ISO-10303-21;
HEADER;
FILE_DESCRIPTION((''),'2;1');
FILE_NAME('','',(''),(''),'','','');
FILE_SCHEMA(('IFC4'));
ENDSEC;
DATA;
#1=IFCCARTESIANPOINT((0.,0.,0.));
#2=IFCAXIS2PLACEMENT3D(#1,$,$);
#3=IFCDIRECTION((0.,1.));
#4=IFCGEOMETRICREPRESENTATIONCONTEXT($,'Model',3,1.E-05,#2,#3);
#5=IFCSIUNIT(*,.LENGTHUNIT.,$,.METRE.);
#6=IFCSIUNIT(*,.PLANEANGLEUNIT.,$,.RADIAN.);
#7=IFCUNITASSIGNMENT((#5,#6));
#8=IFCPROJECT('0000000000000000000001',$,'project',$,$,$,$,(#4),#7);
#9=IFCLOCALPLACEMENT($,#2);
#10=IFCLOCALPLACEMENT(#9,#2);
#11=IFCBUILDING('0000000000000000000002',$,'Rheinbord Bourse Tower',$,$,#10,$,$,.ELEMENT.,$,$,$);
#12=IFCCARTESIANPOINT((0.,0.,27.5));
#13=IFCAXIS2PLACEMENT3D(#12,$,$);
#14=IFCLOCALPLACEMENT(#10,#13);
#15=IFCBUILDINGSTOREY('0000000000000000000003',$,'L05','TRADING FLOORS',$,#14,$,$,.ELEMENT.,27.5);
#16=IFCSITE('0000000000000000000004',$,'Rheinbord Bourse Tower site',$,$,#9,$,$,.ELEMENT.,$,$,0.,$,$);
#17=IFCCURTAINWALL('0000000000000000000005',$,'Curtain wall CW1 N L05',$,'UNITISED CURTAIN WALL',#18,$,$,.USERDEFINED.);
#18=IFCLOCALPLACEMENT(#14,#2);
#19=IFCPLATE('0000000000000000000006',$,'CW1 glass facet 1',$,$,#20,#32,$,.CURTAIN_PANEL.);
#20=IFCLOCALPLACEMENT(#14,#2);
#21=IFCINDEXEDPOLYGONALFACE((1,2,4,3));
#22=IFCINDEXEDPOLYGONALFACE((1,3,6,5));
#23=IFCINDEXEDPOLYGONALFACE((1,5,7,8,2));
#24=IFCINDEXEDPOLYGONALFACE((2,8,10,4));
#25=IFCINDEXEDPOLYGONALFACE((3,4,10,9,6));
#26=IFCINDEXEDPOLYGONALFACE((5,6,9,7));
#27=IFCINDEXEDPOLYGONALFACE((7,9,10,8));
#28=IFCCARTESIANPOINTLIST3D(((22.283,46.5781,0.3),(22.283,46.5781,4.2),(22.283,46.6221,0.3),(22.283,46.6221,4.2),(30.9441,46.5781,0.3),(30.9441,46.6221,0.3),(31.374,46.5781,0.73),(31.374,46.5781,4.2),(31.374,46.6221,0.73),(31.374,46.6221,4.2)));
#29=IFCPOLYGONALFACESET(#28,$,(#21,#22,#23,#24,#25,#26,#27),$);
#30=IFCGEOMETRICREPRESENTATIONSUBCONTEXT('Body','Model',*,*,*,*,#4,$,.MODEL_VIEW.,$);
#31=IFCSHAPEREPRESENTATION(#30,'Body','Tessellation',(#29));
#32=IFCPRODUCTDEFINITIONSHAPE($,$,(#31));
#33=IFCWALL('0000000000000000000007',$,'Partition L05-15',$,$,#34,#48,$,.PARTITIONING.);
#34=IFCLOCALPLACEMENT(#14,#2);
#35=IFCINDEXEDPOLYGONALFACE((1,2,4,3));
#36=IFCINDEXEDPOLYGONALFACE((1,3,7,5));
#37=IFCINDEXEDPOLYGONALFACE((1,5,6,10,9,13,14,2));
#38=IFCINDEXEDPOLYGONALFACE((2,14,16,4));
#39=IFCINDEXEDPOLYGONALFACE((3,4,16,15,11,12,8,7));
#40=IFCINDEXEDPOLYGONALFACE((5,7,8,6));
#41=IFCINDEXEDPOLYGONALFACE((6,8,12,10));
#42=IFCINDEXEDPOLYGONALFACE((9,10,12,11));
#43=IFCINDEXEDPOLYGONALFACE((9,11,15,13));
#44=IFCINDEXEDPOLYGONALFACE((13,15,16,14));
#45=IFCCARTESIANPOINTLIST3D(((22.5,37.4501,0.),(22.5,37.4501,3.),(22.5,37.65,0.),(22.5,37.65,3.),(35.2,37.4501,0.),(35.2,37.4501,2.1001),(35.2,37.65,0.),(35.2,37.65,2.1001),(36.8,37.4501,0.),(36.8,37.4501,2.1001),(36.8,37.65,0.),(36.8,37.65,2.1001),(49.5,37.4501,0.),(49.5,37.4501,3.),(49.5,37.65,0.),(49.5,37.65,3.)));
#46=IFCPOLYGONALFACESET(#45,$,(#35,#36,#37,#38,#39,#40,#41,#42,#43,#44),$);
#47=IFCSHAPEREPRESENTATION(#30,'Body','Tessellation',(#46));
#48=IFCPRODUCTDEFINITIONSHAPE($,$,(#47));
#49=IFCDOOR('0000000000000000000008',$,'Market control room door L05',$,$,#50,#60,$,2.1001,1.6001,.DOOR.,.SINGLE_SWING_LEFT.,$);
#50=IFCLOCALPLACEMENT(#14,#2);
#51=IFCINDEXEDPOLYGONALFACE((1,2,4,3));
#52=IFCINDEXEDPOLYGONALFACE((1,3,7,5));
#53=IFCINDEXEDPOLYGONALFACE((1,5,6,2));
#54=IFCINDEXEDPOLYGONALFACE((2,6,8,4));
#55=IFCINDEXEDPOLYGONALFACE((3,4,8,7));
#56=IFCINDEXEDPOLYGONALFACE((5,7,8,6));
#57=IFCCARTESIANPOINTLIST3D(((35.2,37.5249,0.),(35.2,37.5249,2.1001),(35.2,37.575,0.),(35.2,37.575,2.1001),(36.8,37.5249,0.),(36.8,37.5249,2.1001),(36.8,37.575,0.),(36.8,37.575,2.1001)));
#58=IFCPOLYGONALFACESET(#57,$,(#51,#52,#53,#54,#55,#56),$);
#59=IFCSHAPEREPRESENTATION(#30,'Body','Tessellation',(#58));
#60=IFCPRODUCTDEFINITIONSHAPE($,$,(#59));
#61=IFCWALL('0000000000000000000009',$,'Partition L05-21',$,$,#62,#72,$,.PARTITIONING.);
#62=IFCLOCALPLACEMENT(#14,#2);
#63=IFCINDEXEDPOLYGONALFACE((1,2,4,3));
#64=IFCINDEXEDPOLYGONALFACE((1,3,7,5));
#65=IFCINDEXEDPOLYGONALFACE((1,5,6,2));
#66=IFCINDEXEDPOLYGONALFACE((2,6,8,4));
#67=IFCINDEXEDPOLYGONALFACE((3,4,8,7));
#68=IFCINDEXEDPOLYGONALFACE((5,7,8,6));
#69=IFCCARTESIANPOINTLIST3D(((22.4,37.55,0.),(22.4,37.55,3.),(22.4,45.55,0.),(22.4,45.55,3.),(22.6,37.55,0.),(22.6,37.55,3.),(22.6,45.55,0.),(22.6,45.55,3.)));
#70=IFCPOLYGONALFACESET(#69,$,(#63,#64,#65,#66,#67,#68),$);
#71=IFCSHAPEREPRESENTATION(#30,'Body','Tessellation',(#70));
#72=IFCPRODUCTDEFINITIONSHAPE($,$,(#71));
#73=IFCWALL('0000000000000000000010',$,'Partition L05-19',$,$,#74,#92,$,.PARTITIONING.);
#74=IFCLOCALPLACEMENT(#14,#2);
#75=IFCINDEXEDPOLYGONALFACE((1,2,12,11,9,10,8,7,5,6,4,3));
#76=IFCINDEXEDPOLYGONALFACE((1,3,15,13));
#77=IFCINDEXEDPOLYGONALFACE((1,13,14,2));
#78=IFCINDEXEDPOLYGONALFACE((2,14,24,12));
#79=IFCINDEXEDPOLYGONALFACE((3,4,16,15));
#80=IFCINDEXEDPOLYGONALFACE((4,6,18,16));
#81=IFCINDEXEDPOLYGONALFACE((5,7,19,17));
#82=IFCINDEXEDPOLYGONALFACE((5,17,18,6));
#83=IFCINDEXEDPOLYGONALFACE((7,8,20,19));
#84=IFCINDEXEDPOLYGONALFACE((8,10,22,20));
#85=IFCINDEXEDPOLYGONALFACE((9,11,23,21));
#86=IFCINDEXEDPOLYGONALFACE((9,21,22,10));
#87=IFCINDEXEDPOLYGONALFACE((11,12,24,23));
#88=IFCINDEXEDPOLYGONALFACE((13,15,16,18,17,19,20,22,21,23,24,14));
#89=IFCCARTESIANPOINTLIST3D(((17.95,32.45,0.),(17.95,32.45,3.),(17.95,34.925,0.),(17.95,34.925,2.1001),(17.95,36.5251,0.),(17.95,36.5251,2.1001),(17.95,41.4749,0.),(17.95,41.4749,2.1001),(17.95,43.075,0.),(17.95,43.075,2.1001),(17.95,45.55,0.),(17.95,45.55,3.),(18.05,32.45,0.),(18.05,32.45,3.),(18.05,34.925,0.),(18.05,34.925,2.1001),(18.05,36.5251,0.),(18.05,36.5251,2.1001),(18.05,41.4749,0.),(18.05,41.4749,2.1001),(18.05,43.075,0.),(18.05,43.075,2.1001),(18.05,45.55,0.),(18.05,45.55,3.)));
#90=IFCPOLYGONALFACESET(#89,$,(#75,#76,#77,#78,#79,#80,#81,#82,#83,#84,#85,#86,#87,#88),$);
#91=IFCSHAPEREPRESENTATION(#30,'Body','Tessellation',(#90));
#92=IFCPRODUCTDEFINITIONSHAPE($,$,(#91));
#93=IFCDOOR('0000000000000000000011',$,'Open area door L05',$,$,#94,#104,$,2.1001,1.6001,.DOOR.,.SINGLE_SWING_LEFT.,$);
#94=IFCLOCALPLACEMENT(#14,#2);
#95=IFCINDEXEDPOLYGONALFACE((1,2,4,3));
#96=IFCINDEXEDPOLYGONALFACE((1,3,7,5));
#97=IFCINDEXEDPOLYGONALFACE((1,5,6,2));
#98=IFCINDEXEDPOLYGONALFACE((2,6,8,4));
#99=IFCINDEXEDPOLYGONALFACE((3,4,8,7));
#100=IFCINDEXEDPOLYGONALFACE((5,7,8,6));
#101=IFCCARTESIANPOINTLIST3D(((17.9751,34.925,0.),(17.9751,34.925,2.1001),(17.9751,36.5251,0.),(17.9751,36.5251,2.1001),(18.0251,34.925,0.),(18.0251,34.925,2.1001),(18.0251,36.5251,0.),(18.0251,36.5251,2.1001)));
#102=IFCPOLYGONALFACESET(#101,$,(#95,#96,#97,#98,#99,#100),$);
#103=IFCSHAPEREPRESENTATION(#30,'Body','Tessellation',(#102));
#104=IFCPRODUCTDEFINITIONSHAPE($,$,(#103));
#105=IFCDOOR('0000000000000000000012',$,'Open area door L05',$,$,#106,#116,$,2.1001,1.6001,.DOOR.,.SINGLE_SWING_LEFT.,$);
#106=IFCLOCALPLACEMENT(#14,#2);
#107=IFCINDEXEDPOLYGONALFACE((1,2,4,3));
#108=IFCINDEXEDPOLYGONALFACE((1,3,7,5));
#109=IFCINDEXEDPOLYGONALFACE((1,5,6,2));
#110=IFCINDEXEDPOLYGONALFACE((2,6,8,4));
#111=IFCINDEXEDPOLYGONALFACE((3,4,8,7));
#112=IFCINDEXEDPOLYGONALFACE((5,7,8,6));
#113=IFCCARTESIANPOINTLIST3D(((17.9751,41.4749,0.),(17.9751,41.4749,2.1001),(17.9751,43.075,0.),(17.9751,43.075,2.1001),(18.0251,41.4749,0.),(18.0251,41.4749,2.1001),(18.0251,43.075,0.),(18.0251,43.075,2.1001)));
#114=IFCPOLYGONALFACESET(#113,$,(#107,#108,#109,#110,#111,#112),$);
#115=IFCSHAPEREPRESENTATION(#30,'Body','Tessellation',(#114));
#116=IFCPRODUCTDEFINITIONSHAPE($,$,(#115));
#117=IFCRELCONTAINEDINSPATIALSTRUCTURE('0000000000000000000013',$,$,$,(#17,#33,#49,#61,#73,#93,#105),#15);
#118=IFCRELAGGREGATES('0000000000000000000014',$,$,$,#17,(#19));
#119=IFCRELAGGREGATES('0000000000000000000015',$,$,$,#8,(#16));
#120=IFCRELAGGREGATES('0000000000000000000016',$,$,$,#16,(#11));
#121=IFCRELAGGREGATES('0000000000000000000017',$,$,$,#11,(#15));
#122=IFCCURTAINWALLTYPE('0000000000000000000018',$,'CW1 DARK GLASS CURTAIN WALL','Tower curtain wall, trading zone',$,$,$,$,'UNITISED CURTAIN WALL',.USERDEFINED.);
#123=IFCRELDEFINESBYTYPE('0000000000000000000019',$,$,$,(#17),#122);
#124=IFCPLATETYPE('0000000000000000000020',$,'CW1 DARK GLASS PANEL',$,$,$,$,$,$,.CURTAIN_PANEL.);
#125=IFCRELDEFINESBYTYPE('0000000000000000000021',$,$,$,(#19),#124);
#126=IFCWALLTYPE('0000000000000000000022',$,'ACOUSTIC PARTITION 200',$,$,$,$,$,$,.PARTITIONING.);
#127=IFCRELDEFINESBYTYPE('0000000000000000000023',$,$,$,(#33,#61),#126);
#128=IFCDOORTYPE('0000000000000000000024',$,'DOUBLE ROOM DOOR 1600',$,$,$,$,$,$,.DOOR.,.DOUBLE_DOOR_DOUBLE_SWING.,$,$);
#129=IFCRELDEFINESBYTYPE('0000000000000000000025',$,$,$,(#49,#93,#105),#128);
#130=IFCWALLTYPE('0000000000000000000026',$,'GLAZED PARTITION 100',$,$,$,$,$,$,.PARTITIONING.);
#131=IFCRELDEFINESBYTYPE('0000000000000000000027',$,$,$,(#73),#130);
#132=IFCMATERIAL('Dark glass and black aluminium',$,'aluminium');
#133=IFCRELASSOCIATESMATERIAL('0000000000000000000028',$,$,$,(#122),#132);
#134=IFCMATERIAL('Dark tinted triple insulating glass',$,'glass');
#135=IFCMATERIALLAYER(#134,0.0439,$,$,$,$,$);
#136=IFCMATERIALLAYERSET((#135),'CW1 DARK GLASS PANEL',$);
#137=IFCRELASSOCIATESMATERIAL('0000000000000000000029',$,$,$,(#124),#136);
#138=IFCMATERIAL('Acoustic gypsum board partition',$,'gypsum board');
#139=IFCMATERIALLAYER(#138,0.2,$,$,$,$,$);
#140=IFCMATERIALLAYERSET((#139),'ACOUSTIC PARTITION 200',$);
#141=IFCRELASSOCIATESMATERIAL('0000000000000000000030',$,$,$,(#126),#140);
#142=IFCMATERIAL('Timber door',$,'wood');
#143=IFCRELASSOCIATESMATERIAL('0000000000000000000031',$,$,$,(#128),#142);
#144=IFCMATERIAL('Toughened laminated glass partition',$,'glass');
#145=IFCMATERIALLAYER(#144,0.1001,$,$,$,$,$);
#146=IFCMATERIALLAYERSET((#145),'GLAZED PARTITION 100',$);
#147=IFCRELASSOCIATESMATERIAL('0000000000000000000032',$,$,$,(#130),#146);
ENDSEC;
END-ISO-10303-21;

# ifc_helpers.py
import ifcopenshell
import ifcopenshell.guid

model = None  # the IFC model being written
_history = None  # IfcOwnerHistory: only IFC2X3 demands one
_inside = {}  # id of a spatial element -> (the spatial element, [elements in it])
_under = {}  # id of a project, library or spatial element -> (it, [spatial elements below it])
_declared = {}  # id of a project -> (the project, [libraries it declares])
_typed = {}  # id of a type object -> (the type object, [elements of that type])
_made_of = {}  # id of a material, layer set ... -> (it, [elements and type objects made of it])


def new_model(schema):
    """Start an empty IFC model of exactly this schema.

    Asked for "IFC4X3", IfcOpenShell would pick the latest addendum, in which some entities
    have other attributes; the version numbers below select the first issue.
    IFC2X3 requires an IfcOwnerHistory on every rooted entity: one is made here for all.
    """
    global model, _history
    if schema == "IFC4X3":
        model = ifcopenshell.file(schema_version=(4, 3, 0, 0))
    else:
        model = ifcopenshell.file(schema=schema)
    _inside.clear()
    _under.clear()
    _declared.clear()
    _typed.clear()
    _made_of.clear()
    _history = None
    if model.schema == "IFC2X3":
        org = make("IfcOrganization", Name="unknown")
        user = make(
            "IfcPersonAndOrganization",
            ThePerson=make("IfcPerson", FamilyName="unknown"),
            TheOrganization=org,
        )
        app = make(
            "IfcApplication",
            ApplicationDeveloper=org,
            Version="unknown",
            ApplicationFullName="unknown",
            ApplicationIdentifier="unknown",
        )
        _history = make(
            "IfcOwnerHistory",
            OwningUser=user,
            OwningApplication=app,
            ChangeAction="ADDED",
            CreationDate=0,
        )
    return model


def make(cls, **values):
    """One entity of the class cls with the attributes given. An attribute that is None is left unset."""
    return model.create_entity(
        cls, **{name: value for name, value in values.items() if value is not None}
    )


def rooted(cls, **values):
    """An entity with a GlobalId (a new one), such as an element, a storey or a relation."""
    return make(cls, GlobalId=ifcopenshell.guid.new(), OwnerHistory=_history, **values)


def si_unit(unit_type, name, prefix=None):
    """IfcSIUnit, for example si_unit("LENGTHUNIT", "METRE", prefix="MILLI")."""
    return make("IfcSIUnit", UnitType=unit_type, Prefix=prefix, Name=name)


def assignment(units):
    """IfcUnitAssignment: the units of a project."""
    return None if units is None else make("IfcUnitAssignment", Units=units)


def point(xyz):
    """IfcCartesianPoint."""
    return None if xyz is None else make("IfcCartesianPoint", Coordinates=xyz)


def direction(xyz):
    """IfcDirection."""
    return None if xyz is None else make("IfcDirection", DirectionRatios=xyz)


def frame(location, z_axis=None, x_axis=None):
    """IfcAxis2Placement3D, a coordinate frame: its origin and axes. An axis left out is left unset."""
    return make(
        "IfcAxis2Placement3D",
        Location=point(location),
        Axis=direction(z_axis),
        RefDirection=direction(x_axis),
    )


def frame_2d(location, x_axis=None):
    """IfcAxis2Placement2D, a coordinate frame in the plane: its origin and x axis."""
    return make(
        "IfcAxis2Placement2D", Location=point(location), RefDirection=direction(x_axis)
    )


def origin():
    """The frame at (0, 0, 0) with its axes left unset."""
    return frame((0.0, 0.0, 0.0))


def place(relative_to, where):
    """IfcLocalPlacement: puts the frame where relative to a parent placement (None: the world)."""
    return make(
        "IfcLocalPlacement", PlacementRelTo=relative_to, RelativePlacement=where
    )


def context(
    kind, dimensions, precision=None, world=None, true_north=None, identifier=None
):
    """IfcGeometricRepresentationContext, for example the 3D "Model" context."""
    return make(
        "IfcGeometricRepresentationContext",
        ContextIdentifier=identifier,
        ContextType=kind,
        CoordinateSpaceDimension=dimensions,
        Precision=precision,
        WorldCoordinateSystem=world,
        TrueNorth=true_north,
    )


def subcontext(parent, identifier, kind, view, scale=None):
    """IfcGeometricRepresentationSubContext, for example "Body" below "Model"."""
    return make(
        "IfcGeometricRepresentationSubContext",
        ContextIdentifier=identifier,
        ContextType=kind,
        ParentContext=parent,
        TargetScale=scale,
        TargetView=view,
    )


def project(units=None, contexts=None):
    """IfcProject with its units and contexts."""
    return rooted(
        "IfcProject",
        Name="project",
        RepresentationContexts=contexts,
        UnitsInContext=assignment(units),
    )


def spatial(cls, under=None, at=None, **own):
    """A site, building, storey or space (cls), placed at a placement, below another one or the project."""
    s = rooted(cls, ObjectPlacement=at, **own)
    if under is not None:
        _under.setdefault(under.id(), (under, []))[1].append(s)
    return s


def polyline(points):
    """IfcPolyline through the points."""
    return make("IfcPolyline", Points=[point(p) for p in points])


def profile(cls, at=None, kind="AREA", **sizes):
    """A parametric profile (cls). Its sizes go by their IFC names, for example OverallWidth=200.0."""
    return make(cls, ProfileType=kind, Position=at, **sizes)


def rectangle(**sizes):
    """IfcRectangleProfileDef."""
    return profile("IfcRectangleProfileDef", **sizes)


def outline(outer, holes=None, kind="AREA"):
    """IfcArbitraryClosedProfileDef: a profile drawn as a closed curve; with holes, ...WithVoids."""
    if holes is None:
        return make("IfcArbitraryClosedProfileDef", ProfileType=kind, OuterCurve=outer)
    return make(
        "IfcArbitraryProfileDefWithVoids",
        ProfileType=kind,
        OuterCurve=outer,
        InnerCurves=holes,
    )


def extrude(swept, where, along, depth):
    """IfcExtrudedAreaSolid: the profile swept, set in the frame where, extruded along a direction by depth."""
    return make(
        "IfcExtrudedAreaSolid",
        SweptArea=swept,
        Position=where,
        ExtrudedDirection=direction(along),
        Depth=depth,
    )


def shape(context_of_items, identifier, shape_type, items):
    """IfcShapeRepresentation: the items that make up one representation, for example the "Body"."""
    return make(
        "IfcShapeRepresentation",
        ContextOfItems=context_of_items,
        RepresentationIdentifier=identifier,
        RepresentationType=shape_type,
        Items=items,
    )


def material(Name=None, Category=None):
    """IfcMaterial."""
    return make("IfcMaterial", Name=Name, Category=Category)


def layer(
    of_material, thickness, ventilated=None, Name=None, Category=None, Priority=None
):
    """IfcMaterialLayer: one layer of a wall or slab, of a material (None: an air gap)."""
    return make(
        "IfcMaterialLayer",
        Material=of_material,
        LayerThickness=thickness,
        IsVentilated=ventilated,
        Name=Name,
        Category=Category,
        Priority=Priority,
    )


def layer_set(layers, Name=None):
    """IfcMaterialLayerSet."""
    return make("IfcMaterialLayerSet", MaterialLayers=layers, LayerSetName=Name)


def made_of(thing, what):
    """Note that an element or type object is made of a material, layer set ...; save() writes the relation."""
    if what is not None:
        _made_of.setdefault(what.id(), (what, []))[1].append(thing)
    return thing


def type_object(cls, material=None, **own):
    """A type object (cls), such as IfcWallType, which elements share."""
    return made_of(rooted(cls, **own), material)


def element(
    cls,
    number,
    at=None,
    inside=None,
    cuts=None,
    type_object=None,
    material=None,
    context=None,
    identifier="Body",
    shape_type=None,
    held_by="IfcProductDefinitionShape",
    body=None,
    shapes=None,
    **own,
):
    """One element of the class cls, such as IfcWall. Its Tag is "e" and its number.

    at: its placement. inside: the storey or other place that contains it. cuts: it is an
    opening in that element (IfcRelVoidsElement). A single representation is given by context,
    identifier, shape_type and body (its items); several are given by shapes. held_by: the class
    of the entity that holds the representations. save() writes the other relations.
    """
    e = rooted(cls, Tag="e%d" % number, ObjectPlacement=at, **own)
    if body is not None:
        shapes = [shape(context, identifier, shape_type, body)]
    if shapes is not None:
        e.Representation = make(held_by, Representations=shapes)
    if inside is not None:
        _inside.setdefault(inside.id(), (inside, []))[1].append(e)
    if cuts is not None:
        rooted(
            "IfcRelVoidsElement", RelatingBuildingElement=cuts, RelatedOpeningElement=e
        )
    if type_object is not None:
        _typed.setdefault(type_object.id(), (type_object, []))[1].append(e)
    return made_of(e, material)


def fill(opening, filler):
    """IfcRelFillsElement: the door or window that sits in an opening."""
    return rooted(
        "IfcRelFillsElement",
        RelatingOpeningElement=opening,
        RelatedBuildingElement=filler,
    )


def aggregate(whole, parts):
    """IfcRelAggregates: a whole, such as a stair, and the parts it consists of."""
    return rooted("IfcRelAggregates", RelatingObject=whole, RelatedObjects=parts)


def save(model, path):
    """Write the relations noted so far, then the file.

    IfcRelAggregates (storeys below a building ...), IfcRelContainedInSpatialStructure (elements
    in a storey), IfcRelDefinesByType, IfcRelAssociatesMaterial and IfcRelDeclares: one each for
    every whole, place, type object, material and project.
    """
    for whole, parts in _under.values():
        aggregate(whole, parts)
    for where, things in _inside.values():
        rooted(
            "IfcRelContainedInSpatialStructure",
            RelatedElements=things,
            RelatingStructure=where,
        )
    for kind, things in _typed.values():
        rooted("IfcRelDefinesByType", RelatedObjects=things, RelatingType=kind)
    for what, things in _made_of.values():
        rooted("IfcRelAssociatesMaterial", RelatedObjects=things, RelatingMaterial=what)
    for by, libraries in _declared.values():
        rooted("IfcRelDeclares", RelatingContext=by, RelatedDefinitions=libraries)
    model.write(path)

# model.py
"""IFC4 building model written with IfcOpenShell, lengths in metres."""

from ifc_helpers import new_model, si_unit, direction, frame, frame_2d, origin, place, context, subcontext, project, spatial, polyline, rectangle, outline, extrude, material, layer, layer_set, type_object, element, fill, aggregate, save


model = new_model("IFC4")

# Units and contexts
model_context = context("Model", 3, precision=1e-05, world=origin(), true_north=direction((0.0, 1.0)))
body_context = subcontext(model_context, "Body", "Model", "MODEL_VIEW")
ifc_project = project(units=[si_unit("LENGTHUNIT", "METRE"), si_unit("PLANEANGLEUNIT", "RADIAN")], contexts=[model_context])

# Site, building, storey
site_placement = place(None, origin())
site = spatial("IfcSite", under=ifc_project, at=site_placement, Name="Rheinbord Bourse Tower site", CompositionType="ELEMENT", RefElevation=0.0)
building_placement = place(site_placement, origin())
building = spatial("IfcBuilding", under=site, at=building_placement, Name="Rheinbord Bourse Tower", CompositionType="ELEMENT")
storey_placement = place(building_placement, frame((0.0, 0.0, 27.5)))
storey = spatial("IfcBuildingStorey", under=building, at=storey_placement, Name="L05", Description="TRADING FLOORS", CompositionType="ELEMENT", Elevation=27.5)

# Curtain wall
ifc_material_1 = material(Name="Dark glass and black aluminium", Category="aluminium")
curtain_wall_type = type_object("IfcCurtainWallType", Name="CW1 DARK GLASS CURTAIN WALL", Description="Tower curtain wall, trading zone", ElementType="UNITISED CURTAIN WALL", PredefinedType="USERDEFINED", material=ifc_material_1)
curtain_wall_placement = place(storey_placement, origin())
curtain_wall = element("IfcCurtainWall", 1, at=curtain_wall_placement, inside=storey, type_object=curtain_wall_type, Name="Curtain wall CW1 N L05", ObjectType="UNITISED CURTAIN WALL", PredefinedType="USERDEFINED")

# Plate
ifc_material_2 = material(Name="Dark tinted triple insulating glass", Category="glass")
ifc_layer_1 = layer(ifc_material_2, 0.0439)
ifc_layer_set_1 = layer_set([ifc_layer_1], Name="CW1 DARK GLASS PANEL")
plate_type = type_object("IfcPlateType", Name="CW1 DARK GLASS PANEL", PredefinedType="CURTAIN_PANEL", material=ifc_layer_set_1)
plate_1_placement = place(storey_placement, frame((31.374, 46.6221, 4.2), z_axis=(0.0, -1.0, 0.0), x_axis=(-1.0, 0.0, 0.0)))
plate_1 = element("IfcPlate", 2, at=plate_1_placement, type_object=plate_type, Name="CW1 glass facet 1", PredefinedType="CURTAIN_PANEL", context=body_context, shape_type="SweptSolid", body=[
    extrude(outline(polyline([(0.0, 0.0), (9.0911, 0.0), (9.0911, 3.8999), (0.4299, 3.8999), (0.0, 3.47), (0.0, 0.0)])), origin(), (0.0, 0.0, 1.0), 0.0439),
])
aggregate(curtain_wall, [plate_1])

# Wall, opening, door
ifc_material_3 = material(Name="Acoustic gypsum board partition", Category="gypsum board")
ifc_layer_2 = layer(ifc_material_3, 0.2)
ifc_layer_set_2 = layer_set([ifc_layer_2], Name="ACOUSTIC PARTITION 200")
wall_type_1 = type_object("IfcWallType", Name="ACOUSTIC PARTITION 200", PredefinedType="PARTITIONING", material=ifc_layer_set_2)
wall_1_placement = place(storey_placement, frame((22.5, 37.55, 0.0), z_axis=(0.0, 0.0, 1.0), x_axis=(1.0, 0.0, 0.0)))
wall_1 = element("IfcWall", 3, at=wall_1_placement, inside=storey, type_object=wall_type_1, Name="Partition L05-15", PredefinedType="PARTITIONING", context=body_context, shape_type="SweptSolid", body=[
    extrude(rectangle(XDim=27.0, YDim=0.2, at=frame_2d((13.5, 0.0))), origin(), (0.0, 0.0, 1.0), 3.0),
])
opening_1_placement = place(wall_1_placement, frame((12.7, 0.0, 0.0)))
opening_1 = element("IfcOpeningElement", 4, at=opening_1_placement, cuts=wall_1, PredefinedType="OPENING", context=body_context, shape_type="SweptSolid", body=[
    extrude(rectangle(XDim=1.6001, YDim=2.1001, at=frame_2d((0.8, 1.05))), frame((0.0, 0.1099, 0.0), z_axis=(0.0, -1.0, 0.0), x_axis=(1.0, 0.0, 0.0)), (0.0, 0.0, 1.0), 0.22),
])
ifc_material_4 = material(Name="Timber door", Category="wood")
door_type = type_object("IfcDoorType", Name="DOUBLE ROOM DOOR 1600", OperationType="DOUBLE_DOOR_DOUBLE_SWING", PredefinedType="DOOR", material=ifc_material_4)
door_1_placement = place(opening_1_placement, origin())
door_1 = element("IfcDoor", 5, at=door_1_placement, inside=storey, type_object=door_type, Name="Market control room door L05", OperationType="SINGLE_SWING_LEFT", OverallHeight=2.1001, OverallWidth=1.6001, PredefinedType="DOOR", context=body_context, shape_type="SweptSolid", body=[
    extrude(rectangle(XDim=1.6001, YDim=2.1001, at=frame_2d((0.8, 1.05))), frame((0.0, 0.0249, 0.0), z_axis=(0.0, -1.0, 0.0), x_axis=(1.0, 0.0, 0.0)), (0.0, 0.0, 1.0), 0.05),
])
fill(opening_1, door_1)

# Wall
wall_2_placement = place(storey_placement, frame((22.5, 37.55, 0.0), z_axis=(0.0, 0.0, 1.0), x_axis=(0.0, 1.0, 0.0)))
element("IfcWall", 6, at=wall_2_placement, inside=storey, type_object=wall_type_1, Name="Partition L05-21", PredefinedType="PARTITIONING", context=body_context, shape_type="SweptSolid", body=[
    extrude(rectangle(XDim=8.0, YDim=0.2, at=frame_2d((4.0, 0.0))), origin(), (0.0, 0.0, 1.0), 3.0),
])

# Wall, openings, doors
ifc_material_5 = material(Name="Toughened laminated glass partition", Category="glass")
ifc_layer_3 = layer(ifc_material_5, 0.1001)
ifc_layer_set_3 = layer_set([ifc_layer_3], Name="GLAZED PARTITION 100")
wall_type_2 = type_object("IfcWallType", Name="GLAZED PARTITION 100", PredefinedType="PARTITIONING", material=ifc_layer_set_3)
wall_3_placement = place(storey_placement, frame((18.0, 32.45, 0.0), z_axis=(0.0, 0.0, 1.0), x_axis=(0.0, 1.0, 0.0)))
wall_3 = element("IfcWall", 7, at=wall_3_placement, inside=storey, type_object=wall_type_2, Name="Partition L05-19", PredefinedType="PARTITIONING", context=body_context, shape_type="SweptSolid", body=[
    extrude(rectangle(XDim=13.1001, YDim=0.1001, at=frame_2d((6.55, 0.0))), origin(), (0.0, 0.0, 1.0), 3.0),
])
opening_2_placement = place(wall_3_placement, frame((2.4751, 0.0, 0.0)))
opening_2 = element("IfcOpeningElement", 8, at=opening_2_placement, cuts=wall_3, PredefinedType="OPENING", context=body_context, shape_type="SweptSolid", body=[
    extrude(rectangle(XDim=1.6001, YDim=2.1001, at=frame_2d((0.8, 1.05))), frame((0.0, 0.0601, 0.0), z_axis=(0.0, -1.0, 0.0), x_axis=(1.0, 0.0, 0.0)), (0.0, 0.0, 1.0), 0.1201),
])
opening_3_placement = place(wall_3_placement, frame((9.0249, 0.0, 0.0)))
opening_3 = element("IfcOpeningElement", 9, at=opening_3_placement, cuts=wall_3, PredefinedType="OPENING", context=body_context, shape_type="SweptSolid", body=[
    extrude(rectangle(XDim=1.6001, YDim=2.1001, at=frame_2d((0.8, 1.05))), frame((0.0, 0.0601, 0.0), z_axis=(0.0, -1.0, 0.0), x_axis=(1.0, 0.0, 0.0)), (0.0, 0.0, 1.0), 0.1201),
])
door_2_placement = place(opening_2_placement, origin())
door_2 = element("IfcDoor", 10, at=door_2_placement, inside=storey, type_object=door_type, Name="Open area door L05", OperationType="SINGLE_SWING_LEFT", OverallHeight=2.1001, OverallWidth=1.6001, PredefinedType="DOOR", context=body_context, shape_type="SweptSolid", body=[
    extrude(rectangle(XDim=1.6001, YDim=2.1001, at=frame_2d((0.8, 1.05))), frame((0.0, 0.0249, 0.0), z_axis=(0.0, -1.0, 0.0), x_axis=(1.0, 0.0, 0.0)), (0.0, 0.0, 1.0), 0.05),
])
fill(opening_2, door_2)
door_3_placement = place(opening_3_placement, origin())
door_3 = element("IfcDoor", 11, at=door_3_placement, inside=storey, type_object=door_type, Name="Open area door L05", OperationType="SINGLE_SWING_LEFT", OverallHeight=2.1001, OverallWidth=1.6001, PredefinedType="DOOR", context=body_context, shape_type="SweptSolid", body=[
    extrude(rectangle(XDim=1.6001, YDim=2.1001, at=frame_2d((0.8, 1.05))), frame((0.0, 0.0249, 0.0), z_axis=(0.0, -1.0, 0.0), x_axis=(1.0, 0.0, 0.0)), (0.0, 0.0, 1.0), 0.05),
])
fill(opening_3, door_3)

save(model, "model.ifc")
